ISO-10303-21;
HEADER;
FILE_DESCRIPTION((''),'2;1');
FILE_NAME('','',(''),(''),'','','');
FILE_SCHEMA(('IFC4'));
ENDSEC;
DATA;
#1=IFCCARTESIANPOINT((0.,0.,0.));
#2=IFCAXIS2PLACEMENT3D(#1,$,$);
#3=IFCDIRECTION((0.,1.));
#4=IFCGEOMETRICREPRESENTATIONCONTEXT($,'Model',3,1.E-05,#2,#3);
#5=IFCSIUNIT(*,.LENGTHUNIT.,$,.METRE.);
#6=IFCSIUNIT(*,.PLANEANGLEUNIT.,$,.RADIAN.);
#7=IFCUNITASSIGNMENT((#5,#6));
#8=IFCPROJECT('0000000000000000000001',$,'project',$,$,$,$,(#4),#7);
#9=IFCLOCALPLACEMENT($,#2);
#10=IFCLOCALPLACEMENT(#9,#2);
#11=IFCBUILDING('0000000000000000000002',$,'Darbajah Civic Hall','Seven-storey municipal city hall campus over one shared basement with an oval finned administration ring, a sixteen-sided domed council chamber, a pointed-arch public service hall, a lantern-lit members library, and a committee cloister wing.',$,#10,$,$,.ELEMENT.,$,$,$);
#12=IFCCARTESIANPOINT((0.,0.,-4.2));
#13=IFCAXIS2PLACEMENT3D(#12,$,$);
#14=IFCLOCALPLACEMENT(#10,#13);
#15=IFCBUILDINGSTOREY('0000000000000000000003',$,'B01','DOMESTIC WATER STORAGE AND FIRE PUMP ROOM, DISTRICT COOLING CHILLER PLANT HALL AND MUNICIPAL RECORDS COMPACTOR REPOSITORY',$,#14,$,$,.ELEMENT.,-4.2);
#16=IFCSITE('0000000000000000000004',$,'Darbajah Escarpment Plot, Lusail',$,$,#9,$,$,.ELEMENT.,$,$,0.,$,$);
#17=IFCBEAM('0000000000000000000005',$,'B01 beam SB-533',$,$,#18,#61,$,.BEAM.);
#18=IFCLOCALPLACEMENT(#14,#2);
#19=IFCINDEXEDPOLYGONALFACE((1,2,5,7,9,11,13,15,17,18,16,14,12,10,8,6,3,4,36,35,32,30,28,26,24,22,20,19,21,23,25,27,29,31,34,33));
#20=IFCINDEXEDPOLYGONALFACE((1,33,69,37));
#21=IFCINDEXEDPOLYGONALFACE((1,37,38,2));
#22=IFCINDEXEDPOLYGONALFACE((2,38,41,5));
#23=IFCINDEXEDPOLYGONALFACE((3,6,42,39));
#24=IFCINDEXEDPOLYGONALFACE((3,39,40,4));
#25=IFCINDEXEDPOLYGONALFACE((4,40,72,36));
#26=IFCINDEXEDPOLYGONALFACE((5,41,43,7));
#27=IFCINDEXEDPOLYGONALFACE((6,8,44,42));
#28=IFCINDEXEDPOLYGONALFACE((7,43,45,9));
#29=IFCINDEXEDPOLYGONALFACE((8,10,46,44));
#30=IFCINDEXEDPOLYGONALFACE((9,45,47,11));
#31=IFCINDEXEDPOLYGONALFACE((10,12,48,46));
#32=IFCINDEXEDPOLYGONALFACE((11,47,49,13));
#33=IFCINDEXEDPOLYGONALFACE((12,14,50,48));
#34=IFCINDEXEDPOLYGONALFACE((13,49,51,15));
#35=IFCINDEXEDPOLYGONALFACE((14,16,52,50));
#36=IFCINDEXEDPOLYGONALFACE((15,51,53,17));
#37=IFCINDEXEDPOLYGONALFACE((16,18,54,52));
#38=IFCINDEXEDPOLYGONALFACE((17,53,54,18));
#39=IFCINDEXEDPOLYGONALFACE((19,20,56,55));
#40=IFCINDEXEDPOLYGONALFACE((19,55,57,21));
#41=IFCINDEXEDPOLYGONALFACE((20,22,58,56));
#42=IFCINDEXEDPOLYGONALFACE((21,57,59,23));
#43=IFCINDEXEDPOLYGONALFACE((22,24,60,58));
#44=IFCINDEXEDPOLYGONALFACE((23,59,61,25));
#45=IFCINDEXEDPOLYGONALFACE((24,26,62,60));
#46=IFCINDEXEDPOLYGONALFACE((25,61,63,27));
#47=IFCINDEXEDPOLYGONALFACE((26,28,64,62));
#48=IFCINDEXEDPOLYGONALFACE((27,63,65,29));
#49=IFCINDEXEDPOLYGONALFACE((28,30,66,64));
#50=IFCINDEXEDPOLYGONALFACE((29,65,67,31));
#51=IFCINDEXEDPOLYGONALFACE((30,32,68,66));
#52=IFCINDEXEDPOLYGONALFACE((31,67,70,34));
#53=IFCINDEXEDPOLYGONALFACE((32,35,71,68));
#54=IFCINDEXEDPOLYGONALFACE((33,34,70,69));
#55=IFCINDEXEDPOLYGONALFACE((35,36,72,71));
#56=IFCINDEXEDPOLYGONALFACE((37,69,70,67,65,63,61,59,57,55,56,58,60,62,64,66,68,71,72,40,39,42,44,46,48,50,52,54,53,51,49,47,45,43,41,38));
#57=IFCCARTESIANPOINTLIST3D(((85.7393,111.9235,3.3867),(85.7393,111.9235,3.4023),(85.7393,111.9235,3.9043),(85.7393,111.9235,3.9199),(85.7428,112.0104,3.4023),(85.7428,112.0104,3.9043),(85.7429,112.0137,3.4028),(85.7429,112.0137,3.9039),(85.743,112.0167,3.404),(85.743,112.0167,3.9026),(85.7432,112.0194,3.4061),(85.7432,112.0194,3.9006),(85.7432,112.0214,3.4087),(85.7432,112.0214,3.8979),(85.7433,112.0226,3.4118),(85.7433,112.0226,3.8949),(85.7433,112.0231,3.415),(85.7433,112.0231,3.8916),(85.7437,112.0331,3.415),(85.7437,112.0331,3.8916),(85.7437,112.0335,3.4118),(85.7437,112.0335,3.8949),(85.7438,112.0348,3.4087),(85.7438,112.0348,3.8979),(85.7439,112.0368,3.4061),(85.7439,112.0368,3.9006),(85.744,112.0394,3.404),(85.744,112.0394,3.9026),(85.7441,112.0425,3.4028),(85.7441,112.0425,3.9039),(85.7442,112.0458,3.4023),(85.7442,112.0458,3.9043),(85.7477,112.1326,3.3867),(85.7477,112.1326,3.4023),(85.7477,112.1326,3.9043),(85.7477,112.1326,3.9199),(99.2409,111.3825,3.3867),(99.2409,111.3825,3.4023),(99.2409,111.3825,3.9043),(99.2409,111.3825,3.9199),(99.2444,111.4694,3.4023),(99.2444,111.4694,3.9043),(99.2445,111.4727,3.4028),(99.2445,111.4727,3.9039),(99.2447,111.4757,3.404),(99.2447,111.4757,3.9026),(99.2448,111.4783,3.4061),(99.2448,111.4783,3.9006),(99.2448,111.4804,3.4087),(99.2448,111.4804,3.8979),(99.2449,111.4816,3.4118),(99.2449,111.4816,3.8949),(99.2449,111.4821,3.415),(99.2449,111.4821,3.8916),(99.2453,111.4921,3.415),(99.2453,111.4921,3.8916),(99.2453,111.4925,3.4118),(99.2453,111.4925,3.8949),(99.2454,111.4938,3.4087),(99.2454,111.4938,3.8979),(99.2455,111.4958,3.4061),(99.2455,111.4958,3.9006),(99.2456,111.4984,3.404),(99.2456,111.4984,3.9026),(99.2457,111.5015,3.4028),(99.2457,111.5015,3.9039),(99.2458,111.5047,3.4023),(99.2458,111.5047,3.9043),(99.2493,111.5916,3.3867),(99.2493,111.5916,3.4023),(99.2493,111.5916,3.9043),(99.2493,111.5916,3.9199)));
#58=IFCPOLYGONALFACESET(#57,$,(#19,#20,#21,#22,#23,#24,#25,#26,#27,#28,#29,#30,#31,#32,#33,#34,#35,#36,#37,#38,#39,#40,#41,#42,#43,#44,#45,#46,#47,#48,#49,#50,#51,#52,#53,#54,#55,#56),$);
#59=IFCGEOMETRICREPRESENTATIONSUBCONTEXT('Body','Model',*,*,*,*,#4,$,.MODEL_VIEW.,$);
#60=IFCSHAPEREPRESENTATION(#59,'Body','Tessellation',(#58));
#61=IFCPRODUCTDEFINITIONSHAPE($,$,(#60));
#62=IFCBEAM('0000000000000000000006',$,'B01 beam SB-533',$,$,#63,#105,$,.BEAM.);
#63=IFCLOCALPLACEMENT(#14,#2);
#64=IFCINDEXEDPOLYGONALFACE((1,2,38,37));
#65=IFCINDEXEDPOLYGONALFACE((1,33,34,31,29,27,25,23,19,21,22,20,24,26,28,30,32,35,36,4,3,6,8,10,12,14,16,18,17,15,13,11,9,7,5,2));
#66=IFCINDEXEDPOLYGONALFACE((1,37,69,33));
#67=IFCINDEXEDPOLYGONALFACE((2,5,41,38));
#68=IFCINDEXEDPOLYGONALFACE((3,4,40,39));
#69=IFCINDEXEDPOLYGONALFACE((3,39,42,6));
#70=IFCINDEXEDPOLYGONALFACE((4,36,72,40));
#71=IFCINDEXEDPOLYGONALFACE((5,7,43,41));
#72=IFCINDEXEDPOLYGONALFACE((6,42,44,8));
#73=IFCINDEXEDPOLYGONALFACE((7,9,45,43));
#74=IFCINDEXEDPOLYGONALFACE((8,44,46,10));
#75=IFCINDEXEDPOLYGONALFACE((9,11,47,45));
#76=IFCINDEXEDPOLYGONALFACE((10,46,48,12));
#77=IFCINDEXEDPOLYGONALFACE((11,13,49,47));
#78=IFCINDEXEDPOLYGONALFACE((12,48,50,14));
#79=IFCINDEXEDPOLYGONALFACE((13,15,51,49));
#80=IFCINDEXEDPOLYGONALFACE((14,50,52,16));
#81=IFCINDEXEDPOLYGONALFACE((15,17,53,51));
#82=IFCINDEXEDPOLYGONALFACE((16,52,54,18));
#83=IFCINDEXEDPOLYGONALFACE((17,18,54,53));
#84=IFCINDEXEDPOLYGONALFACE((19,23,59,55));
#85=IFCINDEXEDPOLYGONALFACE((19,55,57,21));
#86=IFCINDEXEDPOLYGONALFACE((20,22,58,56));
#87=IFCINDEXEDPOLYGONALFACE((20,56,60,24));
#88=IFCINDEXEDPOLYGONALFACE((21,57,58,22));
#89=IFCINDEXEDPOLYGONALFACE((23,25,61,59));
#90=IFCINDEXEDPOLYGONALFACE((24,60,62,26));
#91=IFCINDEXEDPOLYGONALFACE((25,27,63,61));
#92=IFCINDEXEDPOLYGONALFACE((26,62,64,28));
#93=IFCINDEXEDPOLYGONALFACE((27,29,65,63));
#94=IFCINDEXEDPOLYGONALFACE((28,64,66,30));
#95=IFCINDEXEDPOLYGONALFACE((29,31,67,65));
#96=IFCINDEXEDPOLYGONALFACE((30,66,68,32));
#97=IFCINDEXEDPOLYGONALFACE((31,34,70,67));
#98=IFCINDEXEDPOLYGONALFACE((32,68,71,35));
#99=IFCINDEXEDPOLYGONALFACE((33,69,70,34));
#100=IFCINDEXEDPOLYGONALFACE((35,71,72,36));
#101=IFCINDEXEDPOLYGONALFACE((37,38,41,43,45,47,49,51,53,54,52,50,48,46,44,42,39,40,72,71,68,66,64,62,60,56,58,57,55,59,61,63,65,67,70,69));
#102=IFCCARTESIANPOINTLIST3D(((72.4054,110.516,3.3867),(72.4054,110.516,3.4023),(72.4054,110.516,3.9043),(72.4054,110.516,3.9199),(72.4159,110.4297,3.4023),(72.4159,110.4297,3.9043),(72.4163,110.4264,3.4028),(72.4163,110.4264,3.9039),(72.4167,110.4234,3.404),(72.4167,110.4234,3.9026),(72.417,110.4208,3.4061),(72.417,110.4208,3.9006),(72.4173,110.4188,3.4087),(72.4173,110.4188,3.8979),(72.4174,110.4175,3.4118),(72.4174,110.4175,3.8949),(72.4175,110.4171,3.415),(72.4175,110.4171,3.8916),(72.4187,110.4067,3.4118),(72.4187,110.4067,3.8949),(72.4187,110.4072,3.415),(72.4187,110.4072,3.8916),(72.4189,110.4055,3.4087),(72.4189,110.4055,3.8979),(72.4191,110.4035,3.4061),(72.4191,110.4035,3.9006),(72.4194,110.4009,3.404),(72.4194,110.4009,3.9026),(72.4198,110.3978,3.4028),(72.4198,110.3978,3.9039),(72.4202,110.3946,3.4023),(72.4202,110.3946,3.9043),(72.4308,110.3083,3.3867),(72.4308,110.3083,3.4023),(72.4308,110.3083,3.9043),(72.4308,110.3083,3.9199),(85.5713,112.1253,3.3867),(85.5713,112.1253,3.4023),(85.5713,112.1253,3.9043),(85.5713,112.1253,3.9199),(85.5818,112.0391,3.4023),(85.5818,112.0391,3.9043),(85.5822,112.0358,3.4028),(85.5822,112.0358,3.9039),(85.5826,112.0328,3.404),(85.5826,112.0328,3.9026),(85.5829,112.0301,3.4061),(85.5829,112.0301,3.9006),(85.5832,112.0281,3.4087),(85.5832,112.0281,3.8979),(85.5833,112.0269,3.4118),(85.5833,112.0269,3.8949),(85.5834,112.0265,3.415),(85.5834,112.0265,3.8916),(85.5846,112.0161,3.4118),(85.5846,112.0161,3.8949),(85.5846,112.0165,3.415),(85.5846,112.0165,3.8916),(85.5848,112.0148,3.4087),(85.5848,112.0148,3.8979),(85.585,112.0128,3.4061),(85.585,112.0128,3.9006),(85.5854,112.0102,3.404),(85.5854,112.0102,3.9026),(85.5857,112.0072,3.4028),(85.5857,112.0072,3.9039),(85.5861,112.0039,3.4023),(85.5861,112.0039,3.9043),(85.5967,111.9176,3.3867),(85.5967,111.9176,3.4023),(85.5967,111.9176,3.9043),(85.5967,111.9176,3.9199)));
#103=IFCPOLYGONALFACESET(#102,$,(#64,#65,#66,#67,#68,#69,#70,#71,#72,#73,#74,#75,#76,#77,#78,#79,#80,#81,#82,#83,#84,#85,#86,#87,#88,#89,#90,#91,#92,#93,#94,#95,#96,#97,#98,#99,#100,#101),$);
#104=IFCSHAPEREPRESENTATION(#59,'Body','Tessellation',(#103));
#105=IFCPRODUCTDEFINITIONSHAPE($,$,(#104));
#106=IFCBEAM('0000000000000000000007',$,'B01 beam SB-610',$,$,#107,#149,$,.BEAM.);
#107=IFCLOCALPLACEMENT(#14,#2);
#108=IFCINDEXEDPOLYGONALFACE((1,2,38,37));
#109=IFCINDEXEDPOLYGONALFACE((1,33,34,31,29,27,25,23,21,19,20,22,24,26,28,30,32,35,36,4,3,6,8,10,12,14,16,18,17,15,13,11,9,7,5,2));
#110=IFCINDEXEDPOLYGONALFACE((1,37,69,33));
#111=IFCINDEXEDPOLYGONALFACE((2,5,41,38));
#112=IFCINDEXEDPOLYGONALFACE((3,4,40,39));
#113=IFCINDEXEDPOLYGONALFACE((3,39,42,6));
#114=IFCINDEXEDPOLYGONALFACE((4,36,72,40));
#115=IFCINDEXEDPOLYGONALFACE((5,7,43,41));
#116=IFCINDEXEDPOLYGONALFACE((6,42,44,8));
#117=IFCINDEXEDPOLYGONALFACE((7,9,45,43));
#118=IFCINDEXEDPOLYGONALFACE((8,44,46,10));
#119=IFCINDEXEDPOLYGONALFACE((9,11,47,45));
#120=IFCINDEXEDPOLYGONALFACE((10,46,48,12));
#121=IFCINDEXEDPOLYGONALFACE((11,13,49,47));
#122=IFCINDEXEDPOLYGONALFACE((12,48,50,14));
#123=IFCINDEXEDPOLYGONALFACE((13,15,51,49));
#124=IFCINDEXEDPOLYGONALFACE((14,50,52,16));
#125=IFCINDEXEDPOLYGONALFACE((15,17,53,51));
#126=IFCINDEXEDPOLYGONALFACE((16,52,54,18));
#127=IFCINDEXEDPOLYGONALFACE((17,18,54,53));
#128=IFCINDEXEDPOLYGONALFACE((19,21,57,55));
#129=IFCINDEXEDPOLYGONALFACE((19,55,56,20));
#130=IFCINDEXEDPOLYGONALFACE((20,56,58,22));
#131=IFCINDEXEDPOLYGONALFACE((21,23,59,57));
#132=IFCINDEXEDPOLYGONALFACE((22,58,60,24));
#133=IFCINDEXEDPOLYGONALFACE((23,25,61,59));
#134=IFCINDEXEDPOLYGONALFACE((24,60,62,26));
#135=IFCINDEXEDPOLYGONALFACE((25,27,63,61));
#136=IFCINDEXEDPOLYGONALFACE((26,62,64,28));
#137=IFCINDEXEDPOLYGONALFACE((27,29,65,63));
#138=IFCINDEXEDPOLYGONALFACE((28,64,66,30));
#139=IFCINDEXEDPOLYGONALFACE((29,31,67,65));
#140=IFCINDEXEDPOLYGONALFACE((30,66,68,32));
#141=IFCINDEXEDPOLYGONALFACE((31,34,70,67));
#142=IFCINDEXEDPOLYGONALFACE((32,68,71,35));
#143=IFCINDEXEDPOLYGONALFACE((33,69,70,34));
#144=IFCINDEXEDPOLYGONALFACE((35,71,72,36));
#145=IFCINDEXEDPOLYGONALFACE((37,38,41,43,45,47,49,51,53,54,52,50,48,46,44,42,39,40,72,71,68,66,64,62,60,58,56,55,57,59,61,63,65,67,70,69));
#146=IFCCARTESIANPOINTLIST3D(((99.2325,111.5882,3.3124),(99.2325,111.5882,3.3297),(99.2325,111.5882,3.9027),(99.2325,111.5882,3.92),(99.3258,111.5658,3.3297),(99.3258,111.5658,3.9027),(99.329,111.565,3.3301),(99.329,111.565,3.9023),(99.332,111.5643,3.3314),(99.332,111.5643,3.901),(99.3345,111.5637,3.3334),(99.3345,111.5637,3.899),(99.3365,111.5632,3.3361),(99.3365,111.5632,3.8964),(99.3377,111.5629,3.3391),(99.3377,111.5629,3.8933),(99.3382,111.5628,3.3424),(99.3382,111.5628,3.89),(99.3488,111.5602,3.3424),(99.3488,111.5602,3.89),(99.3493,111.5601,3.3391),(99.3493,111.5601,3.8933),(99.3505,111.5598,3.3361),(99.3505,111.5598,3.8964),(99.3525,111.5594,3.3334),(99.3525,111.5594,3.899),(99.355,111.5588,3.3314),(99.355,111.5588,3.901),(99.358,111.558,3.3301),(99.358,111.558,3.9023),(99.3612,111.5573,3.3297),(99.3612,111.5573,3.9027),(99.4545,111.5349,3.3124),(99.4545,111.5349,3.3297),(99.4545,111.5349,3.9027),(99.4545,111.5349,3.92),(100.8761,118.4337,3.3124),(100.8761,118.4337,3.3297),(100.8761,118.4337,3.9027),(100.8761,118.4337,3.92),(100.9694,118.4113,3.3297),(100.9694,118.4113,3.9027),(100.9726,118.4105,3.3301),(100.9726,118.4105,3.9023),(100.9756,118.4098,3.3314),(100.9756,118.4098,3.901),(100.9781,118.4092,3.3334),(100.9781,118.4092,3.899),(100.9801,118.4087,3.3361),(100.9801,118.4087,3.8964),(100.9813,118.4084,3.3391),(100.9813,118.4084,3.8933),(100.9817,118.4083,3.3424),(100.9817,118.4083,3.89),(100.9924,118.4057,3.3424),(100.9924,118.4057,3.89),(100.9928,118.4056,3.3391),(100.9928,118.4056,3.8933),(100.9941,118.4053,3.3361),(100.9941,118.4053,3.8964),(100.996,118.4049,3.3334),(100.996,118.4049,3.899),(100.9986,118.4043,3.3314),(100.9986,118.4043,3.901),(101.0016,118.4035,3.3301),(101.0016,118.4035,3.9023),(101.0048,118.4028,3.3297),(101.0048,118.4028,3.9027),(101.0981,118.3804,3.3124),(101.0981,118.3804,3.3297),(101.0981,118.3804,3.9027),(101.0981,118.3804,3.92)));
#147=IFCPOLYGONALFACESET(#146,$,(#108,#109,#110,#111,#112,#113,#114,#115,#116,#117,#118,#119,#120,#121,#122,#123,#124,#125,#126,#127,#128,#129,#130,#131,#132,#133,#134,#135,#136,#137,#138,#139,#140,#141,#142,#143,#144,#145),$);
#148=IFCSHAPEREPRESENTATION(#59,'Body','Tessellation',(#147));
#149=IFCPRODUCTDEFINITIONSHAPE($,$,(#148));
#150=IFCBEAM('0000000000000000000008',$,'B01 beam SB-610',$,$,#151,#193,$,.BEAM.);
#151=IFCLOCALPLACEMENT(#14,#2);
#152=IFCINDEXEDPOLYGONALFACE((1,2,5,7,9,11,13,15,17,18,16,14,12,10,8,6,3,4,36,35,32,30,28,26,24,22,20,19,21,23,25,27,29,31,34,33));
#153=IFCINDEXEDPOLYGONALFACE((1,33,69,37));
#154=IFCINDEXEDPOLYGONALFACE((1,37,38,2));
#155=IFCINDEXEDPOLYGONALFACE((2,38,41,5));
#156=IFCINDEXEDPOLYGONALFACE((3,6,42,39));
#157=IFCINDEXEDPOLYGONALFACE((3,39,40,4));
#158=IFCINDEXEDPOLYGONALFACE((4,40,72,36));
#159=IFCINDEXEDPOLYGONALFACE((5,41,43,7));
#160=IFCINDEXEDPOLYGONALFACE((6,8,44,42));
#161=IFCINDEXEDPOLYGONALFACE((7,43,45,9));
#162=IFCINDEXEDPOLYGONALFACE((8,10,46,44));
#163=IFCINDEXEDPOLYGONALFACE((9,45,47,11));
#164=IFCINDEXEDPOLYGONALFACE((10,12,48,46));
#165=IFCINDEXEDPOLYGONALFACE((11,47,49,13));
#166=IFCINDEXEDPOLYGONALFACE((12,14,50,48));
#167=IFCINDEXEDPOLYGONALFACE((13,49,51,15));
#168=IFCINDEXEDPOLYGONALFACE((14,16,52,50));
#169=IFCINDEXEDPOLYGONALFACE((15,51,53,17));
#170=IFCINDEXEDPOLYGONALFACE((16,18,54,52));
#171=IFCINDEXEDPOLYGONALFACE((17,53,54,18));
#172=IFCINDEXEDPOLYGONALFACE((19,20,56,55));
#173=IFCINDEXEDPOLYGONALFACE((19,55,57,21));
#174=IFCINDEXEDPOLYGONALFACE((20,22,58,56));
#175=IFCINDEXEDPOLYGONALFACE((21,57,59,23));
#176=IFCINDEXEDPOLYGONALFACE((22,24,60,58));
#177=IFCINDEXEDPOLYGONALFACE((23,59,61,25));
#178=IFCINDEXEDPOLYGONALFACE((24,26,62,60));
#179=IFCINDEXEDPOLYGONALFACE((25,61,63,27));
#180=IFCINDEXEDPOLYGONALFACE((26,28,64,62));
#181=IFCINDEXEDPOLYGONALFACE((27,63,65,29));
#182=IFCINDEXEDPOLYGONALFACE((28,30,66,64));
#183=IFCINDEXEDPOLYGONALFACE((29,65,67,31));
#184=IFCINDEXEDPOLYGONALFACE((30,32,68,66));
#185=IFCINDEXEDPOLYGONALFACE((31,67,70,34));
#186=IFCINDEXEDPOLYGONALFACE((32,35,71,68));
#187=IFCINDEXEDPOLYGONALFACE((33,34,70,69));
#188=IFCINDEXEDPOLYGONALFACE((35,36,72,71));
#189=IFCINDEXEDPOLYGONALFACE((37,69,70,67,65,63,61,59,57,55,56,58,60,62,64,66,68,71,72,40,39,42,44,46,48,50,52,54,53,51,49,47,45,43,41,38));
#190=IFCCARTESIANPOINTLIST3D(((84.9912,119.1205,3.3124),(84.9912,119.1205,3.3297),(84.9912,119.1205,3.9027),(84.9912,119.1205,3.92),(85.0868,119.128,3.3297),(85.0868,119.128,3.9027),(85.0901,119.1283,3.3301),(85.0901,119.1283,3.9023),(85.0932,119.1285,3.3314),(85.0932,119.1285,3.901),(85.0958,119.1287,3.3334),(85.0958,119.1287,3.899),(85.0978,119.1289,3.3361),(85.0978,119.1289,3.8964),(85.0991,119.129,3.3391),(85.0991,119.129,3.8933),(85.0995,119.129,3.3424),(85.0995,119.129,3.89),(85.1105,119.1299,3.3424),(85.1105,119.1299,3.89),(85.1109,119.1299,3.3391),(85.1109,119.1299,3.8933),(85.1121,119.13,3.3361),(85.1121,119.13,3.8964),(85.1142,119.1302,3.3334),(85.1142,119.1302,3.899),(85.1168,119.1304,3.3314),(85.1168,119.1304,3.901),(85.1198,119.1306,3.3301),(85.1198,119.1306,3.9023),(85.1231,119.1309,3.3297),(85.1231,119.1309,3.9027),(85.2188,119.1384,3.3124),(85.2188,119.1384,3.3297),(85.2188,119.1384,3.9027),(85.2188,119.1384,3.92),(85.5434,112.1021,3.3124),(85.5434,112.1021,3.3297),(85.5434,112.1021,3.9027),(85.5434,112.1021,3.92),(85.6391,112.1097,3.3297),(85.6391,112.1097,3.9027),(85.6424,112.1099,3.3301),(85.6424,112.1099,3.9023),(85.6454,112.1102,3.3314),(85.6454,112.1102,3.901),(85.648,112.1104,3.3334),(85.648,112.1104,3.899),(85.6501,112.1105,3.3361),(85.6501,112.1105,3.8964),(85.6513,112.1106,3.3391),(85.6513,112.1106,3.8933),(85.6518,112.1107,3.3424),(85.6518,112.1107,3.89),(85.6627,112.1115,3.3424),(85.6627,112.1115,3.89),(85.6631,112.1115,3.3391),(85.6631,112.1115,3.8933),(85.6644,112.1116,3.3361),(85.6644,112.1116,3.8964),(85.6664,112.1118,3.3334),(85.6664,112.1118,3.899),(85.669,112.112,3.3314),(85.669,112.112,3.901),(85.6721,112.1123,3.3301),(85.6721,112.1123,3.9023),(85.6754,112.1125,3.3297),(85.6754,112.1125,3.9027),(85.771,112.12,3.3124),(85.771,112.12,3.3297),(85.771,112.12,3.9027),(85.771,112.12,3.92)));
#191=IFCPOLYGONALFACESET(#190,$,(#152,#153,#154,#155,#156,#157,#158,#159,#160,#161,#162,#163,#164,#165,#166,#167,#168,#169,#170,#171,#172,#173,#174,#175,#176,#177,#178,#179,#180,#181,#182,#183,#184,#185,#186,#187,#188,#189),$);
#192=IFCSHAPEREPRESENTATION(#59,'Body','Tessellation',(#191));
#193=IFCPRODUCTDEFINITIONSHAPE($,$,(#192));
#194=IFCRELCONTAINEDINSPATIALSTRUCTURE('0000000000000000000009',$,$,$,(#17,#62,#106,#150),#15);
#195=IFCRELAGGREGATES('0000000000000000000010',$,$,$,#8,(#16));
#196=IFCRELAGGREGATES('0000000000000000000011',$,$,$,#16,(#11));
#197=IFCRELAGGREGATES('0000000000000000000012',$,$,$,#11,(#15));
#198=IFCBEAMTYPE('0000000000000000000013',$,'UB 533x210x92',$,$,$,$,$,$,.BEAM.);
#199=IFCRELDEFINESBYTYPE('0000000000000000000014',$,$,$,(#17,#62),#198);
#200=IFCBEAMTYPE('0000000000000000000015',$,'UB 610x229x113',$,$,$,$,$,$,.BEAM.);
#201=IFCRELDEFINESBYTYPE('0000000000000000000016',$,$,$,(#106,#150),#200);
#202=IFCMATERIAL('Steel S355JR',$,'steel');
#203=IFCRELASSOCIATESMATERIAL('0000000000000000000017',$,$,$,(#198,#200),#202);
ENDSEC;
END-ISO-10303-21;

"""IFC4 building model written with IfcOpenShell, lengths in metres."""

from ifc_helpers import new_model, si_unit, direction, frame, origin, origin_2d, place, context, subcontext, project, spatial, i_section, extrude, material, material_profile, profile_set, type_object, element, save


model = new_model("IFC4")

# Units and contexts
model_context = context("Model", 3, precision=1e-05, world=origin(), true_north=direction((0.0, 1.0)))
body_context = subcontext(model_context, "Body", "Model", "MODEL_VIEW")
ifc_project = project(units=[si_unit("LENGTHUNIT", "METRE"), si_unit("PLANEANGLEUNIT", "RADIAN")], contexts=[model_context])

# Site, building, storey
site_placement = place(None, origin())
site = spatial("IfcSite", under=ifc_project, at=site_placement, Name="Darbajah Escarpment Plot, Lusail", CompositionType="ELEMENT", RefElevation=0.0)
building_placement = place(site_placement, origin())
building = spatial("IfcBuilding", under=site, at=building_placement, Name="Darbajah Civic Hall", Description="Seven-storey municipal city hall campus over one shared basement with an oval finned administration ring, a sixteen-sided domed council chamber, a pointed-arch public service hall, a lantern-lit members library, and a committee cloister wing.", CompositionType="ELEMENT")
storey_placement = place(building_placement, frame((0.0, 0.0, -4.2)))
storey = spatial("IfcBuildingStorey", under=building, at=storey_placement, Name="B01", Description="DOMESTIC WATER STORAGE AND FIRE PUMP ROOM, DISTRICT COOLING CHILLER PLANT HALL AND MUNICIPAL RECORDS COMPACTOR REPOSITORY", CompositionType="ELEMENT", Elevation=-4.2)

# Beams
ifc_material_1 = material(Name="Steel S355JR", Category="steel")
ifc_material_profile_1 = material_profile(ifc_material_1, i_section(OverallWidth=0.2092, OverallDepth=0.5332, WebThickness=0.01, FlangeThickness=0.0156, FilletRadius=0.0127, at=origin_2d()), Name="UB 533x210x92")
ifc_profile_set_1 = profile_set([ifc_material_profile_1], Name="Steel S355JR")
beam_type_1 = type_object("IfcBeamType", Name="UB 533x210x92", PredefinedType="BEAM", material=ifc_profile_set_1)
beam_1_placement = place(storey_placement, frame((99.2451, 111.4871, 3.6533), z_axis=(-0.999198, 0.040038, 0.0), x_axis=(-0.040038, -0.999198, 0.0)))
element("IfcBeam", 1, at=beam_1_placement, inside=storey, type_object=beam_type_1, Name="B01 beam SB-533", PredefinedType="BEAM", context=body_context, shape_type="SweptSolid", body=[
    extrude(i_section(OverallWidth=0.2092, OverallDepth=0.5332, WebThickness=0.01, FlangeThickness=0.0156, FilletRadius=0.0127, at=origin_2d()), origin(), (0.0, 0.0, 1.0), 13.5125),
])
beam_2_placement = place(storey_placement, frame((85.584, 112.0215, 3.6533), z_axis=(-0.992612, -0.121334, 0.0), x_axis=(0.121334, -0.992612, 0.0)))
element("IfcBeam", 2, at=beam_2_placement, inside=storey, type_object=beam_type_1, Name="B01 beam SB-533", PredefinedType="BEAM", context=body_context, shape_type="SweptSolid", body=[
    extrude(i_section(OverallWidth=0.2092, OverallDepth=0.5332, WebThickness=0.01, FlangeThickness=0.0156, FilletRadius=0.0127, at=origin_2d()), origin(), (0.0, 0.0, 1.0), 13.2639),
])
ifc_material_profile_2 = material_profile(ifc_material_1, i_section(OverallWidth=0.2283, OverallDepth=0.6077, WebThickness=0.011, FlangeThickness=0.0173, FilletRadius=0.0127, at=origin_2d()), Name="UB 610x229x113")
ifc_profile_set_2 = profile_set([ifc_material_profile_2], Name="Steel S355JR")
beam_type_2 = type_object("IfcBeamType", Name="UB 610x229x113", PredefinedType="BEAM", material=ifc_profile_set_2)
for number, where, z_axis, x_axis, name in (
    (3, (99.3435, 111.5615, 3.6162), (0.23346, 0.972367, 0.0), (-0.972367, 0.23346, 0.0), "B01 beam SB-610"),
    (4, (85.6572, 112.1111, 3.6162), (-0.078444, 0.996919, 0.0), (-0.996919, -0.078444, 0.0), "B01 beam SB-610"),
):
    element("IfcBeam", number, at=place(storey_placement, frame(where, z_axis=z_axis, x_axis=x_axis)), inside=storey, type_object=beam_type_2, Name=name, PredefinedType="BEAM", context=body_context, shape_type="SweptSolid", body=[
        extrude(i_section(OverallWidth=0.2283, OverallDepth=0.6077, WebThickness=0.011, FlangeThickness=0.0173, FilletRadius=0.0127, at=origin_2d()), origin(), (0.0, 0.0, 1.0), 7.04),
    ])

save(model, "model.ifc")
